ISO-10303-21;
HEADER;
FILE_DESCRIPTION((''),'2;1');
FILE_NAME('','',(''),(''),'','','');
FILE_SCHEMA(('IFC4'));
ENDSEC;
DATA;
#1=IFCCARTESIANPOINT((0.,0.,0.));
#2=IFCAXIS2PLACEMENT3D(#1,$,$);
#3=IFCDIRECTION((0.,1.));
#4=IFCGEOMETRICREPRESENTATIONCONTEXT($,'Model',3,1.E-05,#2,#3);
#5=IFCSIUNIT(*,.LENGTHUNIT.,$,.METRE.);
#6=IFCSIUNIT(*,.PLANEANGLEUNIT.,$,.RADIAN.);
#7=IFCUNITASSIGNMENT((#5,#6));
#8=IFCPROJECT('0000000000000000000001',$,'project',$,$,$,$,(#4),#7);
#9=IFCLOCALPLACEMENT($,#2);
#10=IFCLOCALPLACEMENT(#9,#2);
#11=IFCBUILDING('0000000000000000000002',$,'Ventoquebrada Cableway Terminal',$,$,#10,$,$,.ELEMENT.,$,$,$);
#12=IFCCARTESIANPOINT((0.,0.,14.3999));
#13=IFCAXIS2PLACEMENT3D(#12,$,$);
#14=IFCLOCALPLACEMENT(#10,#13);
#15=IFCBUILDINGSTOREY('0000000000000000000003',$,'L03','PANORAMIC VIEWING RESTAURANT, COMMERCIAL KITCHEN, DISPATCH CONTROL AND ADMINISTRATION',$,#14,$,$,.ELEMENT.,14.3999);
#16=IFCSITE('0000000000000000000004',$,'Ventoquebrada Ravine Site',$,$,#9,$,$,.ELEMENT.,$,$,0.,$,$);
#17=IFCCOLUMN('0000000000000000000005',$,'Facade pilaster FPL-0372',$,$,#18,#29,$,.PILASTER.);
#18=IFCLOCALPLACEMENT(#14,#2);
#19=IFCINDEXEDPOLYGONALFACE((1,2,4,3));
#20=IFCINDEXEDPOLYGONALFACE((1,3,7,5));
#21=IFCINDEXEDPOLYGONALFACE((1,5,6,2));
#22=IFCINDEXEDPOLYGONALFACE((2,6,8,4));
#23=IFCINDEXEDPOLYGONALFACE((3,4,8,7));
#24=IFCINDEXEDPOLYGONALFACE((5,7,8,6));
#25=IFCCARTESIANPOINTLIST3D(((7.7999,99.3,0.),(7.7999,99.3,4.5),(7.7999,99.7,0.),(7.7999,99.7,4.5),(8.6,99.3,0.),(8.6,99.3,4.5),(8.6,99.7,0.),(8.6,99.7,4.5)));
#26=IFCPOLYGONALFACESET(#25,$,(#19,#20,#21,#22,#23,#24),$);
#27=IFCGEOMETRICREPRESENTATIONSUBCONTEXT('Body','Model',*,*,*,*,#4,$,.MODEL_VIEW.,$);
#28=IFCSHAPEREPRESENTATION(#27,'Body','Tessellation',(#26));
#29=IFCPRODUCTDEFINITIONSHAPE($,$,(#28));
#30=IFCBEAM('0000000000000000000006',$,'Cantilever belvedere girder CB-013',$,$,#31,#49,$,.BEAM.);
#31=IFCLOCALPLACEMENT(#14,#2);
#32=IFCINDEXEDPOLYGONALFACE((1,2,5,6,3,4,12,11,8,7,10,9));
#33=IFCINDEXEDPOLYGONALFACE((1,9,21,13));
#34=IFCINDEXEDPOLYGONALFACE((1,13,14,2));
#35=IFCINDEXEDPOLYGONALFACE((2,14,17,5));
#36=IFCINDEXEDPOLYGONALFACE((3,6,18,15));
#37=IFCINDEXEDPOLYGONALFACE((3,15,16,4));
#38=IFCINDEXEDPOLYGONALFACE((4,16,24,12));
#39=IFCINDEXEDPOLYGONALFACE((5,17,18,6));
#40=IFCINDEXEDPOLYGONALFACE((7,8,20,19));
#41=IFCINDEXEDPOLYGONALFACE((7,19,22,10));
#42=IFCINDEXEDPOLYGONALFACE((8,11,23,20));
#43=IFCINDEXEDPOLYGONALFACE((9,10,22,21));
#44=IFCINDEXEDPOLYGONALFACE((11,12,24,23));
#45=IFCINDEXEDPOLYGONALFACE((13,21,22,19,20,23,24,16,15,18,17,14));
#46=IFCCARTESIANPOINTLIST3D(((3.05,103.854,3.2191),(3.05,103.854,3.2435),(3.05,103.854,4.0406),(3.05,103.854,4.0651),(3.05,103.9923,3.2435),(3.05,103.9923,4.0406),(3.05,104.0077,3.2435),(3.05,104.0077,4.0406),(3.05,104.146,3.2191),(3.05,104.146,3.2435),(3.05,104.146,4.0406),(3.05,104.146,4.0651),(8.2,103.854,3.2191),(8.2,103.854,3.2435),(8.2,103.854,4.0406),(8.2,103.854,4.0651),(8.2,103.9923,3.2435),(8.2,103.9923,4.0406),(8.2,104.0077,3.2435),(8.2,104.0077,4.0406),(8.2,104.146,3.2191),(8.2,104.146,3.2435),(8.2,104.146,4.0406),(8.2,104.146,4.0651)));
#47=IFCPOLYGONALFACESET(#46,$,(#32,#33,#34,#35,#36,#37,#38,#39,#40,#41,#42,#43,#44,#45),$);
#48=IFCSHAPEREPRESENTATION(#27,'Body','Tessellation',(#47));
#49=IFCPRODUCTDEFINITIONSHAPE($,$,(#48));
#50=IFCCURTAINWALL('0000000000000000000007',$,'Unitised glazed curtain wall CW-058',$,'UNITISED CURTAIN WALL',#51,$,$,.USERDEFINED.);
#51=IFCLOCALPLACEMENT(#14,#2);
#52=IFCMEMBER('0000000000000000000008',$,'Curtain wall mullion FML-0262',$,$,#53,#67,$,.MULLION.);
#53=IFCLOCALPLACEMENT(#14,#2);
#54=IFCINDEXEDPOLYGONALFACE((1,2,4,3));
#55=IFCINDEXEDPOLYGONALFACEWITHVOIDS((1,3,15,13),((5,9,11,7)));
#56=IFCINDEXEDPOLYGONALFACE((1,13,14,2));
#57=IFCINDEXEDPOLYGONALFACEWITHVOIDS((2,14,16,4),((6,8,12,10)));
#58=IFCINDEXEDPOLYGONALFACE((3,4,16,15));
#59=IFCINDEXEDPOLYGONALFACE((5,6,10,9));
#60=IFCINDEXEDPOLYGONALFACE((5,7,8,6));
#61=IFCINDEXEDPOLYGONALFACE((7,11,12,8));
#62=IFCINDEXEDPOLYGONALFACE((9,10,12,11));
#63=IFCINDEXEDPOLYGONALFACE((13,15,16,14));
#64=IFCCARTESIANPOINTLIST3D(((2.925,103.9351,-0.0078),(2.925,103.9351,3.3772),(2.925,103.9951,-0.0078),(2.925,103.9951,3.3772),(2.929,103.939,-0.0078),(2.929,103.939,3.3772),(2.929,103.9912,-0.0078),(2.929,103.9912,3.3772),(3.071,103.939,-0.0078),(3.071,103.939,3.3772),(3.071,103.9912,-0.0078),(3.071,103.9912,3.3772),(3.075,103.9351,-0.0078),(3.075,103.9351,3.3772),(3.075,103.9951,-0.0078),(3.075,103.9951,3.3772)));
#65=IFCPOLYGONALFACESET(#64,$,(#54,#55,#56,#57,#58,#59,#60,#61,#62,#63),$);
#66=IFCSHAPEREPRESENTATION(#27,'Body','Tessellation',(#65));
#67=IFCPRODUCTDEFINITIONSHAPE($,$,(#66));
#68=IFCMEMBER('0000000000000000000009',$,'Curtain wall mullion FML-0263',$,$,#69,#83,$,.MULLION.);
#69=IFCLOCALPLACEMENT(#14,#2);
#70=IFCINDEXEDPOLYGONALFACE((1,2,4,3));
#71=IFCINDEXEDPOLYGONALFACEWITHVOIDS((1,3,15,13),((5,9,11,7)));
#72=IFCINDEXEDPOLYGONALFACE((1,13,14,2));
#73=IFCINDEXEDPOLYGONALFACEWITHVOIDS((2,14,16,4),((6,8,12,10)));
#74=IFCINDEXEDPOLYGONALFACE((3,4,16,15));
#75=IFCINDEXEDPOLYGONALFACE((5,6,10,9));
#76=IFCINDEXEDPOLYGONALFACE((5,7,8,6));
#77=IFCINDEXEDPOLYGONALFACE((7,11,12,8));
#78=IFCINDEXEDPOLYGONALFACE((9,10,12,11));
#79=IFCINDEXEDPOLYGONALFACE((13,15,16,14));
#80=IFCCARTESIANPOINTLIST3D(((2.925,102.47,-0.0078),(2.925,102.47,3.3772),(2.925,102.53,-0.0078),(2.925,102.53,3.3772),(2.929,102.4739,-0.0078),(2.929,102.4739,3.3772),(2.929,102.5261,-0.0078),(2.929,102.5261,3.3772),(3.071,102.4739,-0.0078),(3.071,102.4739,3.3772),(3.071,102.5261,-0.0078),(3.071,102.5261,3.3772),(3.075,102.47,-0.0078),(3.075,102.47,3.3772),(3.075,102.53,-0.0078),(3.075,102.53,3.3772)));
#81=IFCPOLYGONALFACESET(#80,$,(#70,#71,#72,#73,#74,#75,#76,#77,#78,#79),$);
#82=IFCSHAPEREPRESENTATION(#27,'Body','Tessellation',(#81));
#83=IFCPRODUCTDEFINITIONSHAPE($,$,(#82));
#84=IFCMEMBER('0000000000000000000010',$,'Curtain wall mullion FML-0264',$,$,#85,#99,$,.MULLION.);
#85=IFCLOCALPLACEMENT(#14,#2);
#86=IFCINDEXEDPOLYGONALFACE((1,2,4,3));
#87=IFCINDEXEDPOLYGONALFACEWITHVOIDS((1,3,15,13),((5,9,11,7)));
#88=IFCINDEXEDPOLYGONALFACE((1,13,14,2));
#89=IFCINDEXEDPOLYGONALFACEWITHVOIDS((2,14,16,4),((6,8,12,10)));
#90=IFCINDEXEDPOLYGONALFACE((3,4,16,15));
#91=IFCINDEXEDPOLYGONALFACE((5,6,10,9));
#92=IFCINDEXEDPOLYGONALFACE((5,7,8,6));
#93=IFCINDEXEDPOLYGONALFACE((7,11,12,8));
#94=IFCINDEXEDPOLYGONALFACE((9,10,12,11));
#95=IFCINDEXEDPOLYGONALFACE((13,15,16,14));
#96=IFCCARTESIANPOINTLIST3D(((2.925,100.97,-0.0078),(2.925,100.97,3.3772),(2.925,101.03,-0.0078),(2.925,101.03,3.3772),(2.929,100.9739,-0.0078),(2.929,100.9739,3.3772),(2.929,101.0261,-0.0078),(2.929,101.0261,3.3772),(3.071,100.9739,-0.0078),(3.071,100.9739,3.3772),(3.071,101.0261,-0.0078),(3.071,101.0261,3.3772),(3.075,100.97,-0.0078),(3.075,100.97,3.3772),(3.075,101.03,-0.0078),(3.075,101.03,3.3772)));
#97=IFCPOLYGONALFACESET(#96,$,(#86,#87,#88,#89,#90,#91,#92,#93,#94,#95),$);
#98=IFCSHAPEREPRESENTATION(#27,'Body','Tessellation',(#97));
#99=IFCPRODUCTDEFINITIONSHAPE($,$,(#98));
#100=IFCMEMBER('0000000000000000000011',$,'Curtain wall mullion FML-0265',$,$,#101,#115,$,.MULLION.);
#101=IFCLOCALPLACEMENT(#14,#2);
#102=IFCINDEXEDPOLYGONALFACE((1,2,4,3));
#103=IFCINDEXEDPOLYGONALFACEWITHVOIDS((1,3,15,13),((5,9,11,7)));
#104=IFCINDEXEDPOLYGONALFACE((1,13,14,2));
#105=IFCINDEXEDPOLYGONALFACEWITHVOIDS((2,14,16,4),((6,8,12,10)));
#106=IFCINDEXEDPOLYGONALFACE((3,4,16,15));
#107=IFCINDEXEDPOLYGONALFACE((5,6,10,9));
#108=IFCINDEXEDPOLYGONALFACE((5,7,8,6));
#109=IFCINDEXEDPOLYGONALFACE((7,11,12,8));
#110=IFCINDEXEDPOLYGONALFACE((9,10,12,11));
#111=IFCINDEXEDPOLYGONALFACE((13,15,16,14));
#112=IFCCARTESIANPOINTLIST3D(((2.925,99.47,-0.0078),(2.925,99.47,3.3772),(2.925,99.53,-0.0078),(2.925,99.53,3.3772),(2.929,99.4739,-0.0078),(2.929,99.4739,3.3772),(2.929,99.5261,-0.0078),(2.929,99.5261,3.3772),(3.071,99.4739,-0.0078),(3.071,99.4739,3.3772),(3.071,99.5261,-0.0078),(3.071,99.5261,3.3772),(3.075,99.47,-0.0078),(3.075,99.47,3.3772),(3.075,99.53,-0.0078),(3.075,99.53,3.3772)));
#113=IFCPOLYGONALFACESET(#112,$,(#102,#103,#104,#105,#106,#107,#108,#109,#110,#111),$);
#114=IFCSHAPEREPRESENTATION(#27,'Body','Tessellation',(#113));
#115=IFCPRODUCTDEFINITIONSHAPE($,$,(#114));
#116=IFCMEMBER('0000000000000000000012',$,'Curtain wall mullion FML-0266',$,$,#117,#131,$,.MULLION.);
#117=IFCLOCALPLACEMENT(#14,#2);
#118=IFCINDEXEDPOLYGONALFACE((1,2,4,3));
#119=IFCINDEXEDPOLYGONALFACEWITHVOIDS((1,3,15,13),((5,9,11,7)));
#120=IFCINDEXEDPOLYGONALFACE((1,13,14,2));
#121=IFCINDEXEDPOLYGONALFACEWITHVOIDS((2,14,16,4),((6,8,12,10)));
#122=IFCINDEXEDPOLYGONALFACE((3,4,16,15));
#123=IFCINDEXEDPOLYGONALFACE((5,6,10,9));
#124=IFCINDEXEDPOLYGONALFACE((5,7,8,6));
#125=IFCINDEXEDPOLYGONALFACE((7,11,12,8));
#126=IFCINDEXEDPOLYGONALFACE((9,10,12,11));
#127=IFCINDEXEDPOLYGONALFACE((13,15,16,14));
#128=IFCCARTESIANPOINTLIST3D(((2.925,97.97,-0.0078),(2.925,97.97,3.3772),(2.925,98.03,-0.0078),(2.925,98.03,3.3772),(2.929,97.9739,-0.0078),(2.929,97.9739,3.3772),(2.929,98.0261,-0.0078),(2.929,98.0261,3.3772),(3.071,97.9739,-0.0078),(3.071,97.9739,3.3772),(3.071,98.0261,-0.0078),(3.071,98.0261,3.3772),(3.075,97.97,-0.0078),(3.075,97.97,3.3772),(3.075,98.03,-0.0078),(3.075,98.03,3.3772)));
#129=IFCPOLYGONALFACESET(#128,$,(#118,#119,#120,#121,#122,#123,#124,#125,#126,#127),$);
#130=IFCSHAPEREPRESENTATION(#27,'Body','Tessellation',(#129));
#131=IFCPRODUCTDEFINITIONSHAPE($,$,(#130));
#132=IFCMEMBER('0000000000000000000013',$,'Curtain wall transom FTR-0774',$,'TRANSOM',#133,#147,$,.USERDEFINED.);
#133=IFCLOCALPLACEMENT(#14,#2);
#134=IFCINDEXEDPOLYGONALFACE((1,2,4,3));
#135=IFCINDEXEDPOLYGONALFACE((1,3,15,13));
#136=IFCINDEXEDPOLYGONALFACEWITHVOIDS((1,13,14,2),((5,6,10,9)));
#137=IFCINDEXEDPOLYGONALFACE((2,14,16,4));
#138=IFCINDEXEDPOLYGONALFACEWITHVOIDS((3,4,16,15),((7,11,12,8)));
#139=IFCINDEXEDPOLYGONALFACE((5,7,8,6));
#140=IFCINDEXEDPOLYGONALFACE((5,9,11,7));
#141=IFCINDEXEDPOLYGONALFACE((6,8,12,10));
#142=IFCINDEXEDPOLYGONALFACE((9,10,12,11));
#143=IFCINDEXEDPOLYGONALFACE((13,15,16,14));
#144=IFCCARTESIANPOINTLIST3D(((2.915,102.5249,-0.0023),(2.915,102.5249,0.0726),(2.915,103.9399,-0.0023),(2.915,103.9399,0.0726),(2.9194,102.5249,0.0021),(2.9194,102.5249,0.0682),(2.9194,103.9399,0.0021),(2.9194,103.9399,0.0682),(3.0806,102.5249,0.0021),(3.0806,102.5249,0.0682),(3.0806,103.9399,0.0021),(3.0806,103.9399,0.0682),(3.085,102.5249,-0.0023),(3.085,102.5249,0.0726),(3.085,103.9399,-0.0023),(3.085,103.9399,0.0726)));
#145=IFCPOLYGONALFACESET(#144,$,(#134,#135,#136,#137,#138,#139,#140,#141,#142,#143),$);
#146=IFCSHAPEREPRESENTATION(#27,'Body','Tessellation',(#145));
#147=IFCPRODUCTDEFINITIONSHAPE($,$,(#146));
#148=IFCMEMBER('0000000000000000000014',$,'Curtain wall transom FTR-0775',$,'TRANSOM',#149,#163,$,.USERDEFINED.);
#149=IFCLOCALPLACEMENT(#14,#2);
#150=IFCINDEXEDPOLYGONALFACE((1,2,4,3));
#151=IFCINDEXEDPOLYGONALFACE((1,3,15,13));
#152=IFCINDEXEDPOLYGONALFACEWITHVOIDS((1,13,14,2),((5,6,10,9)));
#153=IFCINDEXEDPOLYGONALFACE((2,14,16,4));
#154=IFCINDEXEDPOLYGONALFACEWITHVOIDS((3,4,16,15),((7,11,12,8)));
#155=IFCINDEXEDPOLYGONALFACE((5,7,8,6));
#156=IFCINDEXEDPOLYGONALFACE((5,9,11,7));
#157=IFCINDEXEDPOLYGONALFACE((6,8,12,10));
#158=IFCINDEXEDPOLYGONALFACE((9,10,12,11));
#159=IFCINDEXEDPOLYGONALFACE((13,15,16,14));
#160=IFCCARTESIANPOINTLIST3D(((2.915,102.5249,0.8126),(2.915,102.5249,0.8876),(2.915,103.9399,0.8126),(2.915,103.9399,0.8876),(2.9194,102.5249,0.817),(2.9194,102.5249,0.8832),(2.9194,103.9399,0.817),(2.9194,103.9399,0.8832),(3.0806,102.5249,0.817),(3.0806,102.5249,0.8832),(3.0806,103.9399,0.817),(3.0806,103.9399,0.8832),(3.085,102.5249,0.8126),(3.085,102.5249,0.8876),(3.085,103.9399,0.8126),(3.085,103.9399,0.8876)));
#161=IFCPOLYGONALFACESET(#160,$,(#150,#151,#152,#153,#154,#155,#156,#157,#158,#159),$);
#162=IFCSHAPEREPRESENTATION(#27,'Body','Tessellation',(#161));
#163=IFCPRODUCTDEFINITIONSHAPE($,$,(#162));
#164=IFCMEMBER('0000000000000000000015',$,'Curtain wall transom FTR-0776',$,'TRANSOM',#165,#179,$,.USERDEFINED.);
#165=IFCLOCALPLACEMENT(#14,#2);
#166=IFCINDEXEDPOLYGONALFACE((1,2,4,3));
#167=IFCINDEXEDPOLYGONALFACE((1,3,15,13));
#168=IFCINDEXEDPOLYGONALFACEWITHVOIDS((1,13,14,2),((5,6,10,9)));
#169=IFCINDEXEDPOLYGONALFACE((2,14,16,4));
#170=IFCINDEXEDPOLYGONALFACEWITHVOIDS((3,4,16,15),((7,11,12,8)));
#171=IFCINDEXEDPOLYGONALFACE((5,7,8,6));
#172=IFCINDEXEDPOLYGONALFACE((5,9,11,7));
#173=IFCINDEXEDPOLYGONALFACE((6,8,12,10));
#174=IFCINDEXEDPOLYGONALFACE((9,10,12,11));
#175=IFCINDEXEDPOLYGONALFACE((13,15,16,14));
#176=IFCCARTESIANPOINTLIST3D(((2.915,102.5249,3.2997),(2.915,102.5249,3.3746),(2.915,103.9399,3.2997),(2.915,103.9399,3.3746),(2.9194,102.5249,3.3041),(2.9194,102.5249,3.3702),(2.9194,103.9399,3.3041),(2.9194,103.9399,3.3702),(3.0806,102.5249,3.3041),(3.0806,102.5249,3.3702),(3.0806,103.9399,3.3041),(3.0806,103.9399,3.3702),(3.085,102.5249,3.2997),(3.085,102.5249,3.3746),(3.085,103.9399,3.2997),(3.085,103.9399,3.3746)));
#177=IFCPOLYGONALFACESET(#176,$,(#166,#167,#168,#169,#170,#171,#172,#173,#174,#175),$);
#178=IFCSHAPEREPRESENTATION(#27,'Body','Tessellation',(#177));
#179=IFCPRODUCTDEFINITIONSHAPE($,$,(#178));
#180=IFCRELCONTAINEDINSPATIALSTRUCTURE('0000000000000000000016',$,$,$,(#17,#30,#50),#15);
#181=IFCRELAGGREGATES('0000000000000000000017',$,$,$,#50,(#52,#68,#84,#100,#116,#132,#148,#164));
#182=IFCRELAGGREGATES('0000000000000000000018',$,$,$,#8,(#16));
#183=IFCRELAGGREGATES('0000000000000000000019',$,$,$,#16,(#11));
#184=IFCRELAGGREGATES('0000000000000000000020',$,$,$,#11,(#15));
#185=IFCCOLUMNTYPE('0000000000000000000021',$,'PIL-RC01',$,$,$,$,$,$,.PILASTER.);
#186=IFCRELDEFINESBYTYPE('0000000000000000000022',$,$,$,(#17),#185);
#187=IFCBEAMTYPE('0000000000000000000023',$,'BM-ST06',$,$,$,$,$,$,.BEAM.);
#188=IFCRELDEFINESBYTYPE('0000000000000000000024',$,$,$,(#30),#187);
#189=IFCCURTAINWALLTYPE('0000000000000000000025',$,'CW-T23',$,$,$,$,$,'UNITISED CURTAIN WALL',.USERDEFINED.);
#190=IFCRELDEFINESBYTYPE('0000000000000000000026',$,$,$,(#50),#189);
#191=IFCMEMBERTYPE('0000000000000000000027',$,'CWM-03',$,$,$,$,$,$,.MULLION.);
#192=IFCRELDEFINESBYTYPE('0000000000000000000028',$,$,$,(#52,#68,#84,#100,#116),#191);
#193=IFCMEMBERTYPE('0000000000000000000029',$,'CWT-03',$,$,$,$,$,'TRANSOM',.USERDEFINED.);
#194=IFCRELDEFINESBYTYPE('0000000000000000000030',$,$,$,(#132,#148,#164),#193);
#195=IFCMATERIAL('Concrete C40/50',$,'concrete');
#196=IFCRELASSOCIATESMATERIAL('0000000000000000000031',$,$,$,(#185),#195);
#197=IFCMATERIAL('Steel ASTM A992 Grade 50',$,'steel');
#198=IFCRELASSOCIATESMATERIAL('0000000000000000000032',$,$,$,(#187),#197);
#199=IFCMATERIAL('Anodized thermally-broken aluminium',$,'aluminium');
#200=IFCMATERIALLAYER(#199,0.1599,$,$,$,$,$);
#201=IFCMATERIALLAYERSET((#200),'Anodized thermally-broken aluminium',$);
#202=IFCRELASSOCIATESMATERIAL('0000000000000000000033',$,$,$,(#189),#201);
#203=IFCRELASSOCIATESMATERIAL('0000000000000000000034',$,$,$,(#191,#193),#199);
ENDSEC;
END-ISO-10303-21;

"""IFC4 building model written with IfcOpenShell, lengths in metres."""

from ifc_helpers import new_model, si_unit, direction, frame, origin, origin_2d, place, context, subcontext, project, spatial, rectangle, hollow_rectangle, i_section, extrude, material, layer, layer_set, material_profile, profile_set, type_object, element, aggregate, save


model = new_model("IFC4")

# Units and contexts
model_context = context("Model", 3, precision=1e-05, world=origin(), true_north=direction((0.0, 1.0)))
body_context = subcontext(model_context, "Body", "Model", "MODEL_VIEW")
ifc_project = project(units=[si_unit("LENGTHUNIT", "METRE"), si_unit("PLANEANGLEUNIT", "RADIAN")], contexts=[model_context])

# Site, building, storey
site_placement = place(None, origin())
site = spatial("IfcSite", under=ifc_project, at=site_placement, Name="Ventoquebrada Ravine Site", CompositionType="ELEMENT", RefElevation=0.0)
building_placement = place(site_placement, origin())
building = spatial("IfcBuilding", under=site, at=building_placement, Name="Ventoquebrada Cableway Terminal", CompositionType="ELEMENT")
storey_placement = place(building_placement, frame((0.0, 0.0, 14.3999)))
storey = spatial("IfcBuildingStorey", under=building, at=storey_placement, Name="L03", Description="PANORAMIC VIEWING RESTAURANT, COMMERCIAL KITCHEN, DISPATCH CONTROL AND ADMINISTRATION", CompositionType="ELEMENT", Elevation=14.3999)

# Column
ifc_material_1 = material(Name="Concrete C40/50", Category="concrete")
ifc_material_profile_1 = material_profile(ifc_material_1, rectangle(XDim=0.3999, YDim=0.8, at=origin_2d()), Name="RC-PIL-400X800")
ifc_profile_set_1 = profile_set([ifc_material_profile_1], Name="Concrete C40/50")
column_type = type_object("IfcColumnType", Name="PIL-RC01", PredefinedType="PILASTER", material=ifc_profile_set_1)
column_placement = place(storey_placement, frame((8.2, 99.5, 0.0), z_axis=(0.0, 0.0, 1.0), x_axis=(0.0, 1.0, 0.0)))
element("IfcColumn", 1, at=column_placement, inside=storey, type_object=column_type, Name="Facade pilaster FPL-0372", PredefinedType="PILASTER", context=body_context, shape_type="SweptSolid", body=[
    extrude(rectangle(XDim=0.3999, YDim=0.8, at=origin_2d()), origin(), (0.0, 0.0, 1.0), 4.5),
])

# Beam
ifc_material_2 = material(Name="Steel ASTM A992 Grade 50", Category="steel")
ifc_material_profile_2 = material_profile(ifc_material_2, i_section(OverallWidth=0.292, OverallDepth=0.8459, WebThickness=0.0154, FlangeThickness=0.0244, at=origin_2d()), Name="W33X141")
ifc_profile_set_2 = profile_set([ifc_material_profile_2], Name="Steel ASTM A992 Grade 50")
beam_type_1 = type_object("IfcBeamType", Name="BM-ST06", PredefinedType="BEAM", material=ifc_profile_set_2)
beam_1_placement = place(storey_placement, frame((3.05, 104.0, 3.6421), z_axis=(1.0, 0.0, 0.0), x_axis=(0.0, 1.0, 0.0)))
element("IfcBeam", 2, at=beam_1_placement, inside=storey, type_object=beam_type_1, Name="Cantilever belvedere girder CB-013", PredefinedType="BEAM", context=body_context, shape_type="SweptSolid", body=[
    extrude(i_section(OverallWidth=0.292, OverallDepth=0.8459, WebThickness=0.0154, FlangeThickness=0.0244, at=origin_2d()), origin(), (0.0, 0.0, 1.0), 5.1499),
])

# Curtain wall, members
ifc_material_3 = material(Name="Anodized thermally-broken aluminium", Category="aluminium")
ifc_layer_1 = layer(ifc_material_3, 0.1599)
ifc_layer_set_1 = layer_set([ifc_layer_1], Name="Anodized thermally-broken aluminium")
curtain_wall_type = type_object("IfcCurtainWallType", Name="CW-T23", ElementType="UNITISED CURTAIN WALL", PredefinedType="USERDEFINED", material=ifc_layer_set_1)
curtain_wall_placement = place(storey_placement, origin())
curtain_wall = element("IfcCurtainWall", 3, at=curtain_wall_placement, inside=storey, type_object=curtain_wall_type, Name="Unitised glazed curtain wall CW-058", ObjectType="UNITISED CURTAIN WALL", PredefinedType="USERDEFINED")
ifc_material_profile_3 = material_profile(ifc_material_3, hollow_rectangle(XDim=0.0601, YDim=0.1499, WallThickness=0.0039, at=origin_2d()), Name="CW-MUL-60X150")
ifc_profile_set_3 = profile_set([ifc_material_profile_3], Name="Anodized thermally-broken aluminium")
member_type_1 = type_object("IfcMemberType", Name="CWM-03", PredefinedType="MULLION", material=ifc_profile_set_3)
member_1_placement = place(storey_placement, frame((3.0, 103.9651, -0.0078), z_axis=(0.0, 0.0, 1.0), x_axis=(0.0, -1.0, 0.0)))
member_1 = element("IfcMember", 4, at=member_1_placement, type_object=member_type_1, Name="Curtain wall mullion FML-0262", PredefinedType="MULLION", context=body_context, shape_type="SweptSolid", body=[
    extrude(hollow_rectangle(XDim=0.0601, YDim=0.1499, WallThickness=0.0039, at=origin_2d()), origin(), (0.0, 0.0, 1.0), 3.385),
])
member_2_placement = place(storey_placement, frame((3.0, 102.5, -0.0078), z_axis=(0.0, 0.0, 1.0), x_axis=(0.0, -1.0, 0.0)))
member_2 = element("IfcMember", 5, at=member_2_placement, type_object=member_type_1, Name="Curtain wall mullion FML-0263", PredefinedType="MULLION", context=body_context, shape_type="SweptSolid", body=[
    extrude(hollow_rectangle(XDim=0.0601, YDim=0.1499, WallThickness=0.0039, at=origin_2d()), origin(), (0.0, 0.0, 1.0), 3.385),
])
member_3_placement = place(storey_placement, frame((3.0, 101.0, -0.0078), z_axis=(0.0, 0.0, 1.0), x_axis=(0.0, -1.0, 0.0)))
member_3 = element("IfcMember", 6, at=member_3_placement, type_object=member_type_1, Name="Curtain wall mullion FML-0264", PredefinedType="MULLION", context=body_context, shape_type="SweptSolid", body=[
    extrude(hollow_rectangle(XDim=0.0601, YDim=0.1499, WallThickness=0.0039, at=origin_2d()), origin(), (0.0, 0.0, 1.0), 3.385),
])
member_4_placement = place(storey_placement, frame((3.0, 99.5, -0.0078), z_axis=(0.0, 0.0, 1.0), x_axis=(0.0, -1.0, 0.0)))
member_4 = element("IfcMember", 7, at=member_4_placement, type_object=member_type_1, Name="Curtain wall mullion FML-0265", PredefinedType="MULLION", context=body_context, shape_type="SweptSolid", body=[
    extrude(hollow_rectangle(XDim=0.0601, YDim=0.1499, WallThickness=0.0039, at=origin_2d()), origin(), (0.0, 0.0, 1.0), 3.385),
])
member_5_placement = place(storey_placement, frame((3.0, 98.0, -0.0078), z_axis=(0.0, 0.0, 1.0), x_axis=(0.0, -1.0, 0.0)))
member_5 = element("IfcMember", 8, at=member_5_placement, type_object=member_type_1, Name="Curtain wall mullion FML-0266", PredefinedType="MULLION", context=body_context, shape_type="SweptSolid", body=[
    extrude(hollow_rectangle(XDim=0.0601, YDim=0.1499, WallThickness=0.0039, at=origin_2d()), origin(), (0.0, 0.0, 1.0), 3.385),
])
ifc_material_profile_4 = material_profile(ifc_material_3, hollow_rectangle(XDim=0.075, YDim=0.1699, WallThickness=0.0044, at=origin_2d()), Name="CW-TRN-75X170")
ifc_profile_set_4 = profile_set([ifc_material_profile_4], Name="Anodized thermally-broken aluminium")
member_type_2 = type_object("IfcMemberType", Name="CWT-03", ElementType="TRANSOM", PredefinedType="USERDEFINED", material=ifc_profile_set_4)
member_6_placement = place(storey_placement, frame((3.0, 103.9399, 0.0352), z_axis=(0.0, -1.0, 0.0), x_axis=(0.0, 0.0, 1.0)))
member_6 = element("IfcMember", 9, at=member_6_placement, type_object=member_type_2, Name="Curtain wall transom FTR-0774", ObjectType="TRANSOM", PredefinedType="USERDEFINED", context=body_context, shape_type="SweptSolid", body=[
    extrude(hollow_rectangle(XDim=0.075, YDim=0.1699, WallThickness=0.0044, at=origin_2d()), origin(), (0.0, 0.0, 1.0), 1.415),
])
member_7_placement = place(storey_placement, frame((3.0, 103.9399, 0.8501), z_axis=(0.0, -1.0, 0.0), x_axis=(0.0, 0.0, 1.0)))
member_7 = element("IfcMember", 10, at=member_7_placement, type_object=member_type_2, Name="Curtain wall transom FTR-0775", ObjectType="TRANSOM", PredefinedType="USERDEFINED", context=body_context, shape_type="SweptSolid", body=[
    extrude(hollow_rectangle(XDim=0.075, YDim=0.1699, WallThickness=0.0044, at=origin_2d()), origin(), (0.0, 0.0, 1.0), 1.415),
])
member_8_placement = place(storey_placement, frame((3.0, 103.9399, 3.3372), z_axis=(0.0, -1.0, 0.0), x_axis=(0.0, 0.0, 1.0)))
member_8 = element("IfcMember", 11, at=member_8_placement, type_object=member_type_2, Name="Curtain wall transom FTR-0776", ObjectType="TRANSOM", PredefinedType="USERDEFINED", context=body_context, shape_type="SweptSolid", body=[
    extrude(hollow_rectangle(XDim=0.075, YDim=0.1699, WallThickness=0.0044, at=origin_2d()), origin(), (0.0, 0.0, 1.0), 1.415),
])

aggregate(curtain_wall, [member_1, member_2, member_3, member_4, member_5, member_6, member_7, member_8])

save(model, "model.ifc")
